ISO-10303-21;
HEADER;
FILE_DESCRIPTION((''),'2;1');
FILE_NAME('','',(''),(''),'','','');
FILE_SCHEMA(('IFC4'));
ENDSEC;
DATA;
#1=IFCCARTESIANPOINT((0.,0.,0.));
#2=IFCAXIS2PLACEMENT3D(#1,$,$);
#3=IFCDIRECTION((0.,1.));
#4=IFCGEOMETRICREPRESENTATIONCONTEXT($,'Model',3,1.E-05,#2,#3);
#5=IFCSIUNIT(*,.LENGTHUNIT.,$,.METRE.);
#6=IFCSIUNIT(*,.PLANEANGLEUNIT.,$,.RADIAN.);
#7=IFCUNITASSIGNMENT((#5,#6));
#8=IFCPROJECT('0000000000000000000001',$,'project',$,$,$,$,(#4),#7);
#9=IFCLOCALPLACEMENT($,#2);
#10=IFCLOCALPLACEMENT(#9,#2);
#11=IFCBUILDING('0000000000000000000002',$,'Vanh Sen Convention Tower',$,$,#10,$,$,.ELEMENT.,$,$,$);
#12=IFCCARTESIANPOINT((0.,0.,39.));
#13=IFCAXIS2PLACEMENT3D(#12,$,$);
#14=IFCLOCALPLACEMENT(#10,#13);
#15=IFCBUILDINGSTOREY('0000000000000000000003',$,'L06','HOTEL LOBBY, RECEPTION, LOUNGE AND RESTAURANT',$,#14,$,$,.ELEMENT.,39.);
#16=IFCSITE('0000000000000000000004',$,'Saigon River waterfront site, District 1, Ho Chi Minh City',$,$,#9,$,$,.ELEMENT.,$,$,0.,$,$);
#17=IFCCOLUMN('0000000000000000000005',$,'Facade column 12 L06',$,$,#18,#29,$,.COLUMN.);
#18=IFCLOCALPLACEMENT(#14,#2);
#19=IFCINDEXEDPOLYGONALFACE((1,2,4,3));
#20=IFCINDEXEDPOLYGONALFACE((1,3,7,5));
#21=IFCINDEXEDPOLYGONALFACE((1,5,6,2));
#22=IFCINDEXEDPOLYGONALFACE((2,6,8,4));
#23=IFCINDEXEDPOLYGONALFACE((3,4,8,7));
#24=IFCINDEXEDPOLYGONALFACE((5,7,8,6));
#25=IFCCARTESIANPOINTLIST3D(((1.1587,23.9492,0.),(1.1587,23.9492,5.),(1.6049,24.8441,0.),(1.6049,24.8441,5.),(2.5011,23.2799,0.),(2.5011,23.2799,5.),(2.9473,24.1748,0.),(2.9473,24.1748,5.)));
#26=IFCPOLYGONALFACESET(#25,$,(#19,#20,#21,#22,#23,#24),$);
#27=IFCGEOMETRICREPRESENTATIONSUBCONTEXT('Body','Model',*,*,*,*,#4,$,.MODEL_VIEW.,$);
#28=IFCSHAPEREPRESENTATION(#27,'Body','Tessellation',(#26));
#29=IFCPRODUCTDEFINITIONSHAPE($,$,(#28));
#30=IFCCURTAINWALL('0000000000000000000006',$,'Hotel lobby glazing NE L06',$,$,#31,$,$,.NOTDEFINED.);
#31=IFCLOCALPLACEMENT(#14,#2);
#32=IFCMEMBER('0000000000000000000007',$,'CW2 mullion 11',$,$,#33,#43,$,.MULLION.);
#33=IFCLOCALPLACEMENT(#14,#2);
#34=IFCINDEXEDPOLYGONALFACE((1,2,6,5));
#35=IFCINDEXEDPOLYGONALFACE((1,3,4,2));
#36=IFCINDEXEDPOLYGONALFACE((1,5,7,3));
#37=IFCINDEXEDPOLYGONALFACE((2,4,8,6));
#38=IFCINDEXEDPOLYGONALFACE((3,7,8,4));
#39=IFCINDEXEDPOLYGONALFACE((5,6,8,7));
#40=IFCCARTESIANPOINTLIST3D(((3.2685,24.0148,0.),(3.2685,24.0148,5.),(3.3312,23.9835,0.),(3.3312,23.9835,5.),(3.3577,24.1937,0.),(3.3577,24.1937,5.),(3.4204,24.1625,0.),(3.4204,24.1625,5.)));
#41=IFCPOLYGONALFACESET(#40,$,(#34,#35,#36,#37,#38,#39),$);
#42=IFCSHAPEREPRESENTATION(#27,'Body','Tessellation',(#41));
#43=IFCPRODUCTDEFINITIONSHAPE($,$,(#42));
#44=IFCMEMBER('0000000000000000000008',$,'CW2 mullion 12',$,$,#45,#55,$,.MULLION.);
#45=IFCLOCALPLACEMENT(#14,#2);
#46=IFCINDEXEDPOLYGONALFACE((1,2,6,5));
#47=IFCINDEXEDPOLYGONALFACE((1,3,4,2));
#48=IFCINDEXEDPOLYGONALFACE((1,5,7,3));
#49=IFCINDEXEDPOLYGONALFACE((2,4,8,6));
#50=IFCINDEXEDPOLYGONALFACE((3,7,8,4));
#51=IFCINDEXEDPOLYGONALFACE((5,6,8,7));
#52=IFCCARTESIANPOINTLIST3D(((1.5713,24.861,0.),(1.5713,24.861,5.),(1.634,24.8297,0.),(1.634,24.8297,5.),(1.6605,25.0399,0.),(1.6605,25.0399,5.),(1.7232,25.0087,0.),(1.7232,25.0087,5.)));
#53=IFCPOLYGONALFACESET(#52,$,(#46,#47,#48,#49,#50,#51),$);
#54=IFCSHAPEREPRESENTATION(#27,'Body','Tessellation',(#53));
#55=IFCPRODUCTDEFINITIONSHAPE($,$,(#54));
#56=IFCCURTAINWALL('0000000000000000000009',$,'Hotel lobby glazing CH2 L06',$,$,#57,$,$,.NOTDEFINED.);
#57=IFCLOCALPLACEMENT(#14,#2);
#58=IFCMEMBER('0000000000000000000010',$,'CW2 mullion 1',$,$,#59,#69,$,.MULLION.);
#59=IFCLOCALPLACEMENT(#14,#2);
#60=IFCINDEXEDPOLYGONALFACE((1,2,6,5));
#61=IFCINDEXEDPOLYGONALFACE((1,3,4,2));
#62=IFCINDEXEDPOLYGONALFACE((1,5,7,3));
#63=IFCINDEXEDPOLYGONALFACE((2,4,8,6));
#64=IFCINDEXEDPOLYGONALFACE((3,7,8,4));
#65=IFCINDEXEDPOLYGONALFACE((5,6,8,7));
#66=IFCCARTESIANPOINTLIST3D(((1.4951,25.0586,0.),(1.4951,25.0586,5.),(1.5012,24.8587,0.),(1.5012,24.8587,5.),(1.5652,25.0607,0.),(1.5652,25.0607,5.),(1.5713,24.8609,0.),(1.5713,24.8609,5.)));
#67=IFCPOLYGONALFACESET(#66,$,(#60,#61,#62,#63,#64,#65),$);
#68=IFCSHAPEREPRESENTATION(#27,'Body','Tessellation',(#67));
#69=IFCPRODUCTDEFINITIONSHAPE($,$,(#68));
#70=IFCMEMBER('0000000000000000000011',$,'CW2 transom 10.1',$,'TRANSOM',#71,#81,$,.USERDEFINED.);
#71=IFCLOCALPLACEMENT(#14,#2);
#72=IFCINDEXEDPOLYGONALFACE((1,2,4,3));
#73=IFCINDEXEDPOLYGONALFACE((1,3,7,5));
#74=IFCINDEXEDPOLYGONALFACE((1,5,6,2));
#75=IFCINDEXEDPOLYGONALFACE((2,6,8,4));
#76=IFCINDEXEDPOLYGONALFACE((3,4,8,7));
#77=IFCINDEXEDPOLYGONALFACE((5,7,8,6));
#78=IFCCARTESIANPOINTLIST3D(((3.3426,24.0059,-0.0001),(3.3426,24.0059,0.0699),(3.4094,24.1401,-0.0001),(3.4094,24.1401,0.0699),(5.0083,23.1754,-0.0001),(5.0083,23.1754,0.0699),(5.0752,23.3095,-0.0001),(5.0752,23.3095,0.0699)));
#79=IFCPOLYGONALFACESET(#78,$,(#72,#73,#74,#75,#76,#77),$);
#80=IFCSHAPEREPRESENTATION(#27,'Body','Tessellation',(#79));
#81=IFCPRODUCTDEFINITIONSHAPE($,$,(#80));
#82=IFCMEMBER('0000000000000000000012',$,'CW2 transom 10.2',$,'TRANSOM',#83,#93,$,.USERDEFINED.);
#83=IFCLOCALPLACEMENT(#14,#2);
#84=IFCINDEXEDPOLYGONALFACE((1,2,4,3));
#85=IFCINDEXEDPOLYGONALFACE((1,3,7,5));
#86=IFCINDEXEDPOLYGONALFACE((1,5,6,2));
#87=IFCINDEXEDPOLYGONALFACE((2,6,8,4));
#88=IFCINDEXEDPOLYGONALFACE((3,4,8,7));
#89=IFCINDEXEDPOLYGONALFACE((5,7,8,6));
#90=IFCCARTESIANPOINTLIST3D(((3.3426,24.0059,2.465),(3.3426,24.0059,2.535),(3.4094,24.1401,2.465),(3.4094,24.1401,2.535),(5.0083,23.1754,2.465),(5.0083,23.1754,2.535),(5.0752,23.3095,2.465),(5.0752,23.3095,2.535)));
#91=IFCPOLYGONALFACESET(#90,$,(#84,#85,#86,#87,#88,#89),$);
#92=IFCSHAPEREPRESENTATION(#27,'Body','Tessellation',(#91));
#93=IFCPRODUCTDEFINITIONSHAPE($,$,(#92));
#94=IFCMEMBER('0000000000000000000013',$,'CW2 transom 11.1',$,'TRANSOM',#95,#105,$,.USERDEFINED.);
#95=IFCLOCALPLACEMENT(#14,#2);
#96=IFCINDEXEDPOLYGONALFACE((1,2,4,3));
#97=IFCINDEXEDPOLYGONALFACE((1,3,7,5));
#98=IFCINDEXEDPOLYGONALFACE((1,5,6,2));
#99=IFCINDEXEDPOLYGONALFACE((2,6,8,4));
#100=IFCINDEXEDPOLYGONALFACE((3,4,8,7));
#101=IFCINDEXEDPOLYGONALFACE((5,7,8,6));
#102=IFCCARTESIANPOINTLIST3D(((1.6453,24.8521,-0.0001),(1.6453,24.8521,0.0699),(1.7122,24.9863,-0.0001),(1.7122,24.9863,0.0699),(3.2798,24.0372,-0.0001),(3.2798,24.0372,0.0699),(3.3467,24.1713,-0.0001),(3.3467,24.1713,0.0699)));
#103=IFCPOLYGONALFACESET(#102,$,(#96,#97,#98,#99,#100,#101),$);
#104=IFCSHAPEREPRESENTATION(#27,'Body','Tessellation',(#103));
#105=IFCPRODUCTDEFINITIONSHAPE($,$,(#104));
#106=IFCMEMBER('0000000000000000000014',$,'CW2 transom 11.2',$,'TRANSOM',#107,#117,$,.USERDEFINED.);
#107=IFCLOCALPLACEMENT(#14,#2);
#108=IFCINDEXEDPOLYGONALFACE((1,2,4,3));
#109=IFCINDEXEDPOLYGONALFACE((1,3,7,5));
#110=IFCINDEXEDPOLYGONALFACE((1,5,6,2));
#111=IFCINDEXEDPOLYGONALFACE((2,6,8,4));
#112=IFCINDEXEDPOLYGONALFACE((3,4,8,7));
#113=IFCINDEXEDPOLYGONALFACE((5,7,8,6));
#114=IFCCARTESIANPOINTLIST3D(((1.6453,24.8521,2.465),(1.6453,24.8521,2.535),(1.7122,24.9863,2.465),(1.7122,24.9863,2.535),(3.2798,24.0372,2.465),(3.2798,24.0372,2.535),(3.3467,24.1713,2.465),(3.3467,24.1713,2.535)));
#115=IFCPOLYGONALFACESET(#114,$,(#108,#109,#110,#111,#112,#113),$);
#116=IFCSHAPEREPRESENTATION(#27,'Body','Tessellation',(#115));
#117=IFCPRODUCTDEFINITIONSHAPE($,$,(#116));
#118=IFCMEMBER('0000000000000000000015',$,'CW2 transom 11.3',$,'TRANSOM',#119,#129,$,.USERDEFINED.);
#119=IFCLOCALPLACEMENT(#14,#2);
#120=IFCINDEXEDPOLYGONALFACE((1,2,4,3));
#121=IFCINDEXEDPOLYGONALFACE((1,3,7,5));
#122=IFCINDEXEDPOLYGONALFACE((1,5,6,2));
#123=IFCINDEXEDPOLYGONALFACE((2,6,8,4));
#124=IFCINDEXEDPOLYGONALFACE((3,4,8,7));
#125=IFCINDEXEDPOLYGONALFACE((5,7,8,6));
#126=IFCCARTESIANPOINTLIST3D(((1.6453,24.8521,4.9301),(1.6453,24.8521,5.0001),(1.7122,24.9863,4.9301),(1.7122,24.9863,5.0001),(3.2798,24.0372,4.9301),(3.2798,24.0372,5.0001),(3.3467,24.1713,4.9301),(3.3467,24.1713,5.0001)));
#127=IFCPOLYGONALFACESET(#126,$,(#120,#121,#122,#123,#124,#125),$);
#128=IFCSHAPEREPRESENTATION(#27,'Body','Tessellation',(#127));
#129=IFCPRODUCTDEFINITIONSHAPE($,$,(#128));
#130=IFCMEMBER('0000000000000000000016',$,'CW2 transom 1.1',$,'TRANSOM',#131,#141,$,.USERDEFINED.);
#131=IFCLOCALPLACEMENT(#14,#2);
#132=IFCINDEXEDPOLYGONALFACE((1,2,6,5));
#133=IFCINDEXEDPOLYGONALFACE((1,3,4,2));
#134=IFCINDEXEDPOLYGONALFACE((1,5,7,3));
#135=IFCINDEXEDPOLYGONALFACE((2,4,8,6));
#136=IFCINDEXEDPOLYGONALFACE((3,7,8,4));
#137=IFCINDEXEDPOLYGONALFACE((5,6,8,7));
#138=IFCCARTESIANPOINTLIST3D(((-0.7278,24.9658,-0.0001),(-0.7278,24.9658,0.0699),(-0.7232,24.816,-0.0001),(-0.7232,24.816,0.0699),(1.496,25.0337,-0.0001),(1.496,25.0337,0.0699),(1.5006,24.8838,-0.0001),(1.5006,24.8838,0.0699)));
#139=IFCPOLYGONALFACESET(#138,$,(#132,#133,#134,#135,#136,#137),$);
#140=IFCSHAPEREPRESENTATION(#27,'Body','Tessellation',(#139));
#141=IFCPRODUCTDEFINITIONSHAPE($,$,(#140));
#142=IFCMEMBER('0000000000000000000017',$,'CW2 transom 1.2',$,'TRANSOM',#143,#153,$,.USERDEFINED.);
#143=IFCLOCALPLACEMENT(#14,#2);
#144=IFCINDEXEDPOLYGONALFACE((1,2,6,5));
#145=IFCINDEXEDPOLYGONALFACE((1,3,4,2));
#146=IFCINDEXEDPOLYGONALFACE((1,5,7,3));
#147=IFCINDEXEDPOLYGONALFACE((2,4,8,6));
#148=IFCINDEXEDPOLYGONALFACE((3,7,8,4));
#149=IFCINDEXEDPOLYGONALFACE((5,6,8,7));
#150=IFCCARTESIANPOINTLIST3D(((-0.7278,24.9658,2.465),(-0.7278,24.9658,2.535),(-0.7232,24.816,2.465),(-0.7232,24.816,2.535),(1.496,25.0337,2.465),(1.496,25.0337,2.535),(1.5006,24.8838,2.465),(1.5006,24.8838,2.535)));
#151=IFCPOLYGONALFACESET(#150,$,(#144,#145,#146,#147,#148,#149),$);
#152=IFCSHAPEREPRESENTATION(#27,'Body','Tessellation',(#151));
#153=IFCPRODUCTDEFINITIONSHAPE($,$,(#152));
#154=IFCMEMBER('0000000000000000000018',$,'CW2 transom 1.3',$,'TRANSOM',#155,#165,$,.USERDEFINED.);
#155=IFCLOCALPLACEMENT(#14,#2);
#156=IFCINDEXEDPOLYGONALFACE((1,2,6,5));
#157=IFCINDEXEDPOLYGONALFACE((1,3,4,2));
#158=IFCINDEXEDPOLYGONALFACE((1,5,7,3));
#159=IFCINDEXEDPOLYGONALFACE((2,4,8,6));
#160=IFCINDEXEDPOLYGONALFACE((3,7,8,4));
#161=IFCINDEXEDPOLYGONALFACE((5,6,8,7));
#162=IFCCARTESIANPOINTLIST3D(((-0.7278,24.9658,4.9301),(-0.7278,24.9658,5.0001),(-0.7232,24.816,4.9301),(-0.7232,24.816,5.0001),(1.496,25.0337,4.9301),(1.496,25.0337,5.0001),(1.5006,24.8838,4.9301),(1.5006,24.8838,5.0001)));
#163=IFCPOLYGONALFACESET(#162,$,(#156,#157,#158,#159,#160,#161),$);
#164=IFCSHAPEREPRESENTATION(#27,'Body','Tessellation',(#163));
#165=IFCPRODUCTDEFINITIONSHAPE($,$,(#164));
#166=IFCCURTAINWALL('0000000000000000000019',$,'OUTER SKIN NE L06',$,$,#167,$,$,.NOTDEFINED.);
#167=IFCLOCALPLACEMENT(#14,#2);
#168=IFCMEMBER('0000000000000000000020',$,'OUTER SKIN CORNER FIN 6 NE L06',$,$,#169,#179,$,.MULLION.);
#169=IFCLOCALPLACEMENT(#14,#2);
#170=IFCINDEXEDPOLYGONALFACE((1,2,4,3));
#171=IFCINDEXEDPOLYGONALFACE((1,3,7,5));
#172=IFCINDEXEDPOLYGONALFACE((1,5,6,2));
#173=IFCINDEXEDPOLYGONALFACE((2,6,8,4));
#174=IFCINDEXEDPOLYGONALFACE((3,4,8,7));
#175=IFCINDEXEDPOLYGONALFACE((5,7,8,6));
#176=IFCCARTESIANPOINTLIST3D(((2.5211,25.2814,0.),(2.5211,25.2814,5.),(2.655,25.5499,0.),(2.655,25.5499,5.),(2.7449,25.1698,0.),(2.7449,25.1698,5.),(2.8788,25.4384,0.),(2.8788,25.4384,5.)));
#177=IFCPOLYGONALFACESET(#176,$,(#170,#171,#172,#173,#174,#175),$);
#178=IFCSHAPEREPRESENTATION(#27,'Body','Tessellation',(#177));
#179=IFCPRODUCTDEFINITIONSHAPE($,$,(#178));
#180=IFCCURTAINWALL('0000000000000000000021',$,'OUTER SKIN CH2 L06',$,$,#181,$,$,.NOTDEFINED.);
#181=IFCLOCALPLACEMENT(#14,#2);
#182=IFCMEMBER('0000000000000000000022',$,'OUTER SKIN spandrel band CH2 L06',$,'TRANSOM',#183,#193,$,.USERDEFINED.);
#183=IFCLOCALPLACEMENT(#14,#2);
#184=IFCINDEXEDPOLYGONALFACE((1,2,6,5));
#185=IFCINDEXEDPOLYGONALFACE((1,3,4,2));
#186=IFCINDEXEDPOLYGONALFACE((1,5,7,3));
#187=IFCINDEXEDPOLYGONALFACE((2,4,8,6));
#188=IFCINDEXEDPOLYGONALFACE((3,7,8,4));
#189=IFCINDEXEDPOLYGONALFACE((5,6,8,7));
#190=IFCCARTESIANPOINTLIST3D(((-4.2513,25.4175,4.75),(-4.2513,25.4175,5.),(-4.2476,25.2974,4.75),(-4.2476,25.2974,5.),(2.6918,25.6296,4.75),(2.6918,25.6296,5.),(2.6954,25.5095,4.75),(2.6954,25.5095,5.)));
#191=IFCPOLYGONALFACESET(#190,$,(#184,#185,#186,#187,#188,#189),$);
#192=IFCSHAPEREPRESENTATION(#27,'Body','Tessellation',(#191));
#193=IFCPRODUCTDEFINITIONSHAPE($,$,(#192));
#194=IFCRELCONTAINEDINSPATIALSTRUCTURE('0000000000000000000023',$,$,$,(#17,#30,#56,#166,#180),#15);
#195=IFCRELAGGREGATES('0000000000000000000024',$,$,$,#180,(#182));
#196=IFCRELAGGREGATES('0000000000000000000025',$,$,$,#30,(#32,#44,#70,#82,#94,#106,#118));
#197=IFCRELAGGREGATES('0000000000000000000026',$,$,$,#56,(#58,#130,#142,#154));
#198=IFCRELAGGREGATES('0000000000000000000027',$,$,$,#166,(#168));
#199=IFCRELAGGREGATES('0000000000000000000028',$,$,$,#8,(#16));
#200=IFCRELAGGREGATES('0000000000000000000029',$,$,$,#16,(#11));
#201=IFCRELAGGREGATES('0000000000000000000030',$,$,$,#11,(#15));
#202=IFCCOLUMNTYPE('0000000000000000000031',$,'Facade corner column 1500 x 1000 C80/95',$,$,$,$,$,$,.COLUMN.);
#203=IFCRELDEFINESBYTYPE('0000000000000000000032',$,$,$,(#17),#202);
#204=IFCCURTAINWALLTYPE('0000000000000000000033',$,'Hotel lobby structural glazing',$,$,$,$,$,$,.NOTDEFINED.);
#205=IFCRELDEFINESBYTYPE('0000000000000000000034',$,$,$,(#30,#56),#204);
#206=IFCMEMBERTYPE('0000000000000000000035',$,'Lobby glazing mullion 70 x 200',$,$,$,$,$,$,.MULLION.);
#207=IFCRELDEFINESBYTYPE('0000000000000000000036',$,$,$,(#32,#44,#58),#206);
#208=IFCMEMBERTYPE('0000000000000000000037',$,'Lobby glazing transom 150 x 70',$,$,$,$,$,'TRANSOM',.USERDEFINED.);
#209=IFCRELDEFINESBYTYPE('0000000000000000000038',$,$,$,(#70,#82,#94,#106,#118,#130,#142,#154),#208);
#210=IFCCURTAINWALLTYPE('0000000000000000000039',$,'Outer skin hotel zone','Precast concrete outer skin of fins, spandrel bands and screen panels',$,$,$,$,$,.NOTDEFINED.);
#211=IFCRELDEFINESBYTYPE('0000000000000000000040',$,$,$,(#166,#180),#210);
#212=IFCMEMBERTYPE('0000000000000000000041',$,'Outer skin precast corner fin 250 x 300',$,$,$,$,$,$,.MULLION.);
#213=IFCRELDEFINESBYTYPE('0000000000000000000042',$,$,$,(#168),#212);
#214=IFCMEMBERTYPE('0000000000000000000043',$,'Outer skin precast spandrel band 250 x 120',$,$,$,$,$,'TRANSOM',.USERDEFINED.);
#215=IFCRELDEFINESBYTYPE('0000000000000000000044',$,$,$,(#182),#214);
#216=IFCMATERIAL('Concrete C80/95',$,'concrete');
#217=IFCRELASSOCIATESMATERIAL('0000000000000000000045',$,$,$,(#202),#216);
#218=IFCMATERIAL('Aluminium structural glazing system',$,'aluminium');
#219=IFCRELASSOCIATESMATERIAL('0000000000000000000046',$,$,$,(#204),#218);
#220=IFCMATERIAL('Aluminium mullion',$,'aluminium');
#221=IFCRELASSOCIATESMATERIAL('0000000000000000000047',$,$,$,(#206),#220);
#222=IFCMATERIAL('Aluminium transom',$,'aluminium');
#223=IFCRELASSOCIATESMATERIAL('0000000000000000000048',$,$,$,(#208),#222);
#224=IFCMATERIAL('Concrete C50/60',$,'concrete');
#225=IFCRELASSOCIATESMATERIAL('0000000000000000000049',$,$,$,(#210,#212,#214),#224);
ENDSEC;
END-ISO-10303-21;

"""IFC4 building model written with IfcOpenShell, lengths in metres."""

from ifc_helpers import new_model, si_unit, direction, frame, origin, origin_2d, place, context, subcontext, project, spatial, rectangle, extrude, material, material_profile, profile_set, type_object, element, aggregate, save


model = new_model("IFC4")

# Units and contexts
model_context = context("Model", 3, precision=1e-05, world=origin(), true_north=direction((0.0, 1.0)))
body_context = subcontext(model_context, "Body", "Model", "MODEL_VIEW")
ifc_project = project(units=[si_unit("LENGTHUNIT", "METRE"), si_unit("PLANEANGLEUNIT", "RADIAN")], contexts=[model_context])

# Site, building, storey
site_placement = place(None, origin())
site = spatial("IfcSite", under=ifc_project, at=site_placement, Name="Saigon River waterfront site, District 1, Ho Chi Minh City", CompositionType="ELEMENT", RefElevation=0.0)
building_placement = place(site_placement, origin())
building = spatial("IfcBuilding", under=site, at=building_placement, Name="Vanh Sen Convention Tower", CompositionType="ELEMENT")
storey_placement = place(building_placement, frame((0.0, 0.0, 39.0)))
storey = spatial("IfcBuildingStorey", under=building, at=storey_placement, Name="L06", Description="HOTEL LOBBY, RECEPTION, LOUNGE AND RESTAURANT", CompositionType="ELEMENT", Elevation=39.0)

# Column
ifc_material_1 = material(Name="Concrete C80/95", Category="concrete")
ifc_material_profile_1 = material_profile(ifc_material_1, rectangle(XDim=1.5, YDim=1.0, at=origin_2d()), Name="RC 1500X1000")
ifc_profile_set_1 = profile_set([ifc_material_profile_1], Name="Concrete C80/95")
column_type = type_object("IfcColumnType", Name="Facade corner column 1500 x 1000 C80/95", PredefinedType="COLUMN", material=ifc_profile_set_1)
column_placement = place(storey_placement, frame((2.053, 24.062, 0.0), z_axis=(0.0, 0.0, 1.0), x_axis=(-0.894934, 0.446198, 0.0)))
element("IfcColumn", 1, at=column_placement, inside=storey, type_object=column_type, Name="Facade column 12 L06", PredefinedType="COLUMN", context=body_context, shape_type="SweptSolid", body=[
    extrude(rectangle(XDim=1.5, YDim=1.0, at=origin_2d()), origin(), (0.0, 0.0, 1.0), 5.0),
])

# Curtain wall, members
ifc_material_2 = material(Name="Aluminium structural glazing system", Category="aluminium")
curtain_wall_type_1 = type_object("IfcCurtainWallType", Name="Hotel lobby structural glazing", PredefinedType="NOTDEFINED", material=ifc_material_2)
curtain_wall_1_placement = place(storey_placement, origin())
curtain_wall_1 = element("IfcCurtainWall", 2, at=curtain_wall_1_placement, inside=storey, type_object=curtain_wall_type_1, Name="Hotel lobby glazing NE L06", PredefinedType="NOTDEFINED")
ifc_material_3 = material(Name="Aluminium mullion", Category="aluminium")
ifc_material_profile_2 = material_profile(ifc_material_3, rectangle(XDim=0.2, YDim=0.0701, at=origin_2d()), Name="Lobby glazing mullion 70 x 200")
ifc_profile_set_2 = profile_set([ifc_material_profile_2], Name="Aluminium mullion")
member_type_1 = type_object("IfcMemberType", Name="Lobby glazing mullion 70 x 200", PredefinedType="MULLION", material=ifc_profile_set_2)
member_1_placement = place(storey_placement, frame((3.3445, 24.0886, 0.0), z_axis=(0.0, 0.0, 1.0), x_axis=(-0.446199, -0.894934, 0.0)))
member_1 = element("IfcMember", 3, at=member_1_placement, type_object=member_type_1, Name="CW2 mullion 11", PredefinedType="MULLION", context=body_context, shape_type="SweptSolid", body=[
    extrude(rectangle(XDim=0.2, YDim=0.0701, at=origin_2d()), origin(), (0.0, 0.0, 1.0), 5.0),
])
member_2_placement = place(storey_placement, frame((1.6472, 24.9348, 0.0), z_axis=(0.0, 0.0, 1.0), x_axis=(-0.446199, -0.894934, 0.0)))
member_2 = element("IfcMember", 4, at=member_2_placement, type_object=member_type_1, Name="CW2 mullion 12", PredefinedType="MULLION", context=body_context, shape_type="SweptSolid", body=[
    extrude(rectangle(XDim=0.2, YDim=0.0701, at=origin_2d()), origin(), (0.0, 0.0, 1.0), 5.0),
])

# Curtain wall, member
curtain_wall_2_placement = place(storey_placement, origin())
curtain_wall_2 = element("IfcCurtainWall", 5, at=curtain_wall_2_placement, inside=storey, type_object=curtain_wall_type_1, Name="Hotel lobby glazing CH2 L06", PredefinedType="NOTDEFINED")
member_3_placement = place(storey_placement, frame((1.5332, 24.9597, 0.0), z_axis=(0.0, 0.0, 1.0), x_axis=(0.030539, -0.999534, 0.0)))
member_3 = element("IfcMember", 6, at=member_3_placement, type_object=member_type_1, Name="CW2 mullion 1", PredefinedType="MULLION", context=body_context, shape_type="SweptSolid", body=[
    extrude(rectangle(XDim=0.2, YDim=0.0701, at=origin_2d()), origin(), (0.0, 0.0, 1.0), 5.0),
])

# Members
ifc_material_4 = material(Name="Aluminium transom", Category="aluminium")
ifc_material_profile_3 = material_profile(ifc_material_4, rectangle(XDim=0.1499, YDim=0.0701, at=origin_2d()), Name="Lobby glazing transom 150 x 70")
ifc_profile_set_3 = profile_set([ifc_material_profile_3], Name="Aluminium transom")
member_type_2 = type_object("IfcMemberType", Name="Lobby glazing transom 150 x 70", ElementType="TRANSOM", PredefinedType="USERDEFINED", material=ifc_profile_set_3)
member_4_placement = place(storey_placement, frame((5.0417, 23.2424, 0.0349), z_axis=(-0.894925, 0.446216, 0.0), x_axis=(-0.446216, -0.894925, 0.0)))
member_4 = element("IfcMember", 7, at=member_4_placement, type_object=member_type_2, Name="CW2 transom 10.1", ObjectType="TRANSOM", PredefinedType="USERDEFINED", context=body_context, shape_type="SweptSolid", body=[
    extrude(rectangle(XDim=0.1499, YDim=0.0701, at=origin_2d()), origin(), (0.0, 0.0, 1.0), 1.8613),
])
member_5_placement = place(storey_placement, frame((5.0417, 23.2424, 2.5), z_axis=(-0.894925, 0.446216, 0.0), x_axis=(-0.446216, -0.894925, 0.0)))
member_5 = element("IfcMember", 8, at=member_5_placement, type_object=member_type_2, Name="CW2 transom 10.2", ObjectType="TRANSOM", PredefinedType="USERDEFINED", context=body_context, shape_type="SweptSolid", body=[
    extrude(rectangle(XDim=0.1499, YDim=0.0701, at=origin_2d()), origin(), (0.0, 0.0, 1.0), 1.8613),
])
member_6_placement = place(storey_placement, frame((3.3132, 24.1042, 0.0349), z_axis=(-0.894935, 0.446197, 0.0), x_axis=(-0.446197, -0.894935, 0.0)))
member_6 = element("IfcMember", 9, at=member_6_placement, type_object=member_type_2, Name="CW2 transom 11.1", ObjectType="TRANSOM", PredefinedType="USERDEFINED", context=body_context, shape_type="SweptSolid", body=[
    extrude(rectangle(XDim=0.1499, YDim=0.0701, at=origin_2d()), origin(), (0.0, 0.0, 1.0), 1.8264),
])
member_7_placement = place(storey_placement, frame((3.3132, 24.1042, 2.5), z_axis=(-0.894935, 0.446197, 0.0), x_axis=(-0.446197, -0.894935, 0.0)))
member_7 = element("IfcMember", 10, at=member_7_placement, type_object=member_type_2, Name="CW2 transom 11.2", ObjectType="TRANSOM", PredefinedType="USERDEFINED", context=body_context, shape_type="SweptSolid", body=[
    extrude(rectangle(XDim=0.1499, YDim=0.0701, at=origin_2d()), origin(), (0.0, 0.0, 1.0), 1.8264),
])
member_8_placement = place(storey_placement, frame((3.3132, 24.1042, 4.9651), z_axis=(-0.894935, 0.446197, 0.0), x_axis=(-0.446197, -0.894935, 0.0)))
member_8 = element("IfcMember", 11, at=member_8_placement, type_object=member_type_2, Name="CW2 transom 11.3", ObjectType="TRANSOM", PredefinedType="USERDEFINED", context=body_context, shape_type="SweptSolid", body=[
    extrude(rectangle(XDim=0.1499, YDim=0.0701, at=origin_2d()), origin(), (0.0, 0.0, 1.0), 1.8264),
])
member_9_placement = place(storey_placement, frame((1.4983, 24.9587, 0.0349), z_axis=(-0.999535, -0.030505, 0.0), x_axis=(0.030505, -0.999535, 0.0)))
member_9 = element("IfcMember", 12, at=member_9_placement, type_object=member_type_2, Name="CW2 transom 1.1", ObjectType="TRANSOM", PredefinedType="USERDEFINED", context=body_context, shape_type="SweptSolid", body=[
    extrude(rectangle(XDim=0.1499, YDim=0.0701, at=origin_2d()), origin(), (0.0, 0.0, 1.0), 2.2249),
])
member_10_placement = place(storey_placement, frame((1.4983, 24.9587, 2.5), z_axis=(-0.999535, -0.030505, 0.0), x_axis=(0.030505, -0.999535, 0.0)))
member_10 = element("IfcMember", 13, at=member_10_placement, type_object=member_type_2, Name="CW2 transom 1.2", ObjectType="TRANSOM", PredefinedType="USERDEFINED", context=body_context, shape_type="SweptSolid", body=[
    extrude(rectangle(XDim=0.1499, YDim=0.0701, at=origin_2d()), origin(), (0.0, 0.0, 1.0), 2.2249),
])
member_11_placement = place(storey_placement, frame((1.4983, 24.9587, 4.9651), z_axis=(-0.999535, -0.030505, 0.0), x_axis=(0.030505, -0.999535, 0.0)))
member_11 = element("IfcMember", 14, at=member_11_placement, type_object=member_type_2, Name="CW2 transom 1.3", ObjectType="TRANSOM", PredefinedType="USERDEFINED", context=body_context, shape_type="SweptSolid", body=[
    extrude(rectangle(XDim=0.1499, YDim=0.0701, at=origin_2d()), origin(), (0.0, 0.0, 1.0), 2.2249),
])

# Curtain walls, members
ifc_material_5 = material(Name="Concrete C50/60", Category="concrete")
curtain_wall_type_2 = type_object("IfcCurtainWallType", Name="Outer skin hotel zone", Description="Precast concrete outer skin of fins, spandrel bands and screen panels", PredefinedType="NOTDEFINED", material=ifc_material_5)
curtain_wall_3_placement = place(storey_placement, origin())
curtain_wall_3 = element("IfcCurtainWall", 15, at=curtain_wall_3_placement, inside=storey, type_object=curtain_wall_type_2, Name="OUTER SKIN NE L06", PredefinedType="NOTDEFINED")
ifc_material_profile_4 = material_profile(ifc_material_5, rectangle(XDim=0.25, YDim=0.3, at=origin_2d()), Name="Outer skin precast corner fin 250 x 300")
ifc_profile_set_4 = profile_set([ifc_material_profile_4], Name="Concrete C50/60")
member_type_3 = type_object("IfcMemberType", Name="Outer skin precast corner fin 250 x 300", PredefinedType="MULLION", material=ifc_profile_set_4)
member_12_placement = place(storey_placement, frame((2.7, 25.3599, 0.0), z_axis=(0.0, 0.0, 1.0), x_axis=(-0.894934, 0.446198, 0.0)))
member_12 = element("IfcMember", 16, at=member_12_placement, type_object=member_type_3, Name="OUTER SKIN CORNER FIN 6 NE L06", PredefinedType="MULLION", context=body_context, shape_type="SweptSolid", body=[
    extrude(rectangle(XDim=0.25, YDim=0.3, at=origin_2d()), origin(), (0.0, 0.0, 1.0), 5.0),
])
curtain_wall_4_placement = place(storey_placement, origin())
curtain_wall_4 = element("IfcCurtainWall", 17, at=curtain_wall_4_placement, inside=storey, type_object=curtain_wall_type_2, Name="OUTER SKIN CH2 L06", PredefinedType="NOTDEFINED")
ifc_material_profile_5 = material_profile(ifc_material_5, rectangle(XDim=0.1201, YDim=0.25, at=origin_2d()), Name="Outer skin precast spandrel band 250 x 120")
ifc_profile_set_5 = profile_set([ifc_material_profile_5], Name="Concrete C50/60")
member_type_4 = type_object("IfcMemberType", Name="Outer skin precast spandrel band 250 x 120", ElementType="TRANSOM", PredefinedType="USERDEFINED", material=ifc_profile_set_5)
member_13_placement = place(storey_placement, frame((2.6936, 25.5696, 4.875), z_axis=(-0.999533, -0.030542, 0.0), x_axis=(0.030542, -0.999533, 0.0)))
member_13 = element("IfcMember", 18, at=member_13_placement, type_object=member_type_4, Name="OUTER SKIN spandrel band CH2 L06", ObjectType="TRANSOM", PredefinedType="USERDEFINED", context=body_context, shape_type="SweptSolid", body=[
    extrude(rectangle(XDim=0.1201, YDim=0.25, at=origin_2d()), origin(), (0.0, 0.0, 1.0), 6.9463),
])
aggregate(curtain_wall_4, [member_13])

aggregate(curtain_wall_1, [member_1, member_2, member_4, member_5, member_6, member_7, member_8])
aggregate(curtain_wall_2, [member_3, member_9, member_10, member_11])
aggregate(curtain_wall_3, [member_12])

save(model, "model.ifc")
